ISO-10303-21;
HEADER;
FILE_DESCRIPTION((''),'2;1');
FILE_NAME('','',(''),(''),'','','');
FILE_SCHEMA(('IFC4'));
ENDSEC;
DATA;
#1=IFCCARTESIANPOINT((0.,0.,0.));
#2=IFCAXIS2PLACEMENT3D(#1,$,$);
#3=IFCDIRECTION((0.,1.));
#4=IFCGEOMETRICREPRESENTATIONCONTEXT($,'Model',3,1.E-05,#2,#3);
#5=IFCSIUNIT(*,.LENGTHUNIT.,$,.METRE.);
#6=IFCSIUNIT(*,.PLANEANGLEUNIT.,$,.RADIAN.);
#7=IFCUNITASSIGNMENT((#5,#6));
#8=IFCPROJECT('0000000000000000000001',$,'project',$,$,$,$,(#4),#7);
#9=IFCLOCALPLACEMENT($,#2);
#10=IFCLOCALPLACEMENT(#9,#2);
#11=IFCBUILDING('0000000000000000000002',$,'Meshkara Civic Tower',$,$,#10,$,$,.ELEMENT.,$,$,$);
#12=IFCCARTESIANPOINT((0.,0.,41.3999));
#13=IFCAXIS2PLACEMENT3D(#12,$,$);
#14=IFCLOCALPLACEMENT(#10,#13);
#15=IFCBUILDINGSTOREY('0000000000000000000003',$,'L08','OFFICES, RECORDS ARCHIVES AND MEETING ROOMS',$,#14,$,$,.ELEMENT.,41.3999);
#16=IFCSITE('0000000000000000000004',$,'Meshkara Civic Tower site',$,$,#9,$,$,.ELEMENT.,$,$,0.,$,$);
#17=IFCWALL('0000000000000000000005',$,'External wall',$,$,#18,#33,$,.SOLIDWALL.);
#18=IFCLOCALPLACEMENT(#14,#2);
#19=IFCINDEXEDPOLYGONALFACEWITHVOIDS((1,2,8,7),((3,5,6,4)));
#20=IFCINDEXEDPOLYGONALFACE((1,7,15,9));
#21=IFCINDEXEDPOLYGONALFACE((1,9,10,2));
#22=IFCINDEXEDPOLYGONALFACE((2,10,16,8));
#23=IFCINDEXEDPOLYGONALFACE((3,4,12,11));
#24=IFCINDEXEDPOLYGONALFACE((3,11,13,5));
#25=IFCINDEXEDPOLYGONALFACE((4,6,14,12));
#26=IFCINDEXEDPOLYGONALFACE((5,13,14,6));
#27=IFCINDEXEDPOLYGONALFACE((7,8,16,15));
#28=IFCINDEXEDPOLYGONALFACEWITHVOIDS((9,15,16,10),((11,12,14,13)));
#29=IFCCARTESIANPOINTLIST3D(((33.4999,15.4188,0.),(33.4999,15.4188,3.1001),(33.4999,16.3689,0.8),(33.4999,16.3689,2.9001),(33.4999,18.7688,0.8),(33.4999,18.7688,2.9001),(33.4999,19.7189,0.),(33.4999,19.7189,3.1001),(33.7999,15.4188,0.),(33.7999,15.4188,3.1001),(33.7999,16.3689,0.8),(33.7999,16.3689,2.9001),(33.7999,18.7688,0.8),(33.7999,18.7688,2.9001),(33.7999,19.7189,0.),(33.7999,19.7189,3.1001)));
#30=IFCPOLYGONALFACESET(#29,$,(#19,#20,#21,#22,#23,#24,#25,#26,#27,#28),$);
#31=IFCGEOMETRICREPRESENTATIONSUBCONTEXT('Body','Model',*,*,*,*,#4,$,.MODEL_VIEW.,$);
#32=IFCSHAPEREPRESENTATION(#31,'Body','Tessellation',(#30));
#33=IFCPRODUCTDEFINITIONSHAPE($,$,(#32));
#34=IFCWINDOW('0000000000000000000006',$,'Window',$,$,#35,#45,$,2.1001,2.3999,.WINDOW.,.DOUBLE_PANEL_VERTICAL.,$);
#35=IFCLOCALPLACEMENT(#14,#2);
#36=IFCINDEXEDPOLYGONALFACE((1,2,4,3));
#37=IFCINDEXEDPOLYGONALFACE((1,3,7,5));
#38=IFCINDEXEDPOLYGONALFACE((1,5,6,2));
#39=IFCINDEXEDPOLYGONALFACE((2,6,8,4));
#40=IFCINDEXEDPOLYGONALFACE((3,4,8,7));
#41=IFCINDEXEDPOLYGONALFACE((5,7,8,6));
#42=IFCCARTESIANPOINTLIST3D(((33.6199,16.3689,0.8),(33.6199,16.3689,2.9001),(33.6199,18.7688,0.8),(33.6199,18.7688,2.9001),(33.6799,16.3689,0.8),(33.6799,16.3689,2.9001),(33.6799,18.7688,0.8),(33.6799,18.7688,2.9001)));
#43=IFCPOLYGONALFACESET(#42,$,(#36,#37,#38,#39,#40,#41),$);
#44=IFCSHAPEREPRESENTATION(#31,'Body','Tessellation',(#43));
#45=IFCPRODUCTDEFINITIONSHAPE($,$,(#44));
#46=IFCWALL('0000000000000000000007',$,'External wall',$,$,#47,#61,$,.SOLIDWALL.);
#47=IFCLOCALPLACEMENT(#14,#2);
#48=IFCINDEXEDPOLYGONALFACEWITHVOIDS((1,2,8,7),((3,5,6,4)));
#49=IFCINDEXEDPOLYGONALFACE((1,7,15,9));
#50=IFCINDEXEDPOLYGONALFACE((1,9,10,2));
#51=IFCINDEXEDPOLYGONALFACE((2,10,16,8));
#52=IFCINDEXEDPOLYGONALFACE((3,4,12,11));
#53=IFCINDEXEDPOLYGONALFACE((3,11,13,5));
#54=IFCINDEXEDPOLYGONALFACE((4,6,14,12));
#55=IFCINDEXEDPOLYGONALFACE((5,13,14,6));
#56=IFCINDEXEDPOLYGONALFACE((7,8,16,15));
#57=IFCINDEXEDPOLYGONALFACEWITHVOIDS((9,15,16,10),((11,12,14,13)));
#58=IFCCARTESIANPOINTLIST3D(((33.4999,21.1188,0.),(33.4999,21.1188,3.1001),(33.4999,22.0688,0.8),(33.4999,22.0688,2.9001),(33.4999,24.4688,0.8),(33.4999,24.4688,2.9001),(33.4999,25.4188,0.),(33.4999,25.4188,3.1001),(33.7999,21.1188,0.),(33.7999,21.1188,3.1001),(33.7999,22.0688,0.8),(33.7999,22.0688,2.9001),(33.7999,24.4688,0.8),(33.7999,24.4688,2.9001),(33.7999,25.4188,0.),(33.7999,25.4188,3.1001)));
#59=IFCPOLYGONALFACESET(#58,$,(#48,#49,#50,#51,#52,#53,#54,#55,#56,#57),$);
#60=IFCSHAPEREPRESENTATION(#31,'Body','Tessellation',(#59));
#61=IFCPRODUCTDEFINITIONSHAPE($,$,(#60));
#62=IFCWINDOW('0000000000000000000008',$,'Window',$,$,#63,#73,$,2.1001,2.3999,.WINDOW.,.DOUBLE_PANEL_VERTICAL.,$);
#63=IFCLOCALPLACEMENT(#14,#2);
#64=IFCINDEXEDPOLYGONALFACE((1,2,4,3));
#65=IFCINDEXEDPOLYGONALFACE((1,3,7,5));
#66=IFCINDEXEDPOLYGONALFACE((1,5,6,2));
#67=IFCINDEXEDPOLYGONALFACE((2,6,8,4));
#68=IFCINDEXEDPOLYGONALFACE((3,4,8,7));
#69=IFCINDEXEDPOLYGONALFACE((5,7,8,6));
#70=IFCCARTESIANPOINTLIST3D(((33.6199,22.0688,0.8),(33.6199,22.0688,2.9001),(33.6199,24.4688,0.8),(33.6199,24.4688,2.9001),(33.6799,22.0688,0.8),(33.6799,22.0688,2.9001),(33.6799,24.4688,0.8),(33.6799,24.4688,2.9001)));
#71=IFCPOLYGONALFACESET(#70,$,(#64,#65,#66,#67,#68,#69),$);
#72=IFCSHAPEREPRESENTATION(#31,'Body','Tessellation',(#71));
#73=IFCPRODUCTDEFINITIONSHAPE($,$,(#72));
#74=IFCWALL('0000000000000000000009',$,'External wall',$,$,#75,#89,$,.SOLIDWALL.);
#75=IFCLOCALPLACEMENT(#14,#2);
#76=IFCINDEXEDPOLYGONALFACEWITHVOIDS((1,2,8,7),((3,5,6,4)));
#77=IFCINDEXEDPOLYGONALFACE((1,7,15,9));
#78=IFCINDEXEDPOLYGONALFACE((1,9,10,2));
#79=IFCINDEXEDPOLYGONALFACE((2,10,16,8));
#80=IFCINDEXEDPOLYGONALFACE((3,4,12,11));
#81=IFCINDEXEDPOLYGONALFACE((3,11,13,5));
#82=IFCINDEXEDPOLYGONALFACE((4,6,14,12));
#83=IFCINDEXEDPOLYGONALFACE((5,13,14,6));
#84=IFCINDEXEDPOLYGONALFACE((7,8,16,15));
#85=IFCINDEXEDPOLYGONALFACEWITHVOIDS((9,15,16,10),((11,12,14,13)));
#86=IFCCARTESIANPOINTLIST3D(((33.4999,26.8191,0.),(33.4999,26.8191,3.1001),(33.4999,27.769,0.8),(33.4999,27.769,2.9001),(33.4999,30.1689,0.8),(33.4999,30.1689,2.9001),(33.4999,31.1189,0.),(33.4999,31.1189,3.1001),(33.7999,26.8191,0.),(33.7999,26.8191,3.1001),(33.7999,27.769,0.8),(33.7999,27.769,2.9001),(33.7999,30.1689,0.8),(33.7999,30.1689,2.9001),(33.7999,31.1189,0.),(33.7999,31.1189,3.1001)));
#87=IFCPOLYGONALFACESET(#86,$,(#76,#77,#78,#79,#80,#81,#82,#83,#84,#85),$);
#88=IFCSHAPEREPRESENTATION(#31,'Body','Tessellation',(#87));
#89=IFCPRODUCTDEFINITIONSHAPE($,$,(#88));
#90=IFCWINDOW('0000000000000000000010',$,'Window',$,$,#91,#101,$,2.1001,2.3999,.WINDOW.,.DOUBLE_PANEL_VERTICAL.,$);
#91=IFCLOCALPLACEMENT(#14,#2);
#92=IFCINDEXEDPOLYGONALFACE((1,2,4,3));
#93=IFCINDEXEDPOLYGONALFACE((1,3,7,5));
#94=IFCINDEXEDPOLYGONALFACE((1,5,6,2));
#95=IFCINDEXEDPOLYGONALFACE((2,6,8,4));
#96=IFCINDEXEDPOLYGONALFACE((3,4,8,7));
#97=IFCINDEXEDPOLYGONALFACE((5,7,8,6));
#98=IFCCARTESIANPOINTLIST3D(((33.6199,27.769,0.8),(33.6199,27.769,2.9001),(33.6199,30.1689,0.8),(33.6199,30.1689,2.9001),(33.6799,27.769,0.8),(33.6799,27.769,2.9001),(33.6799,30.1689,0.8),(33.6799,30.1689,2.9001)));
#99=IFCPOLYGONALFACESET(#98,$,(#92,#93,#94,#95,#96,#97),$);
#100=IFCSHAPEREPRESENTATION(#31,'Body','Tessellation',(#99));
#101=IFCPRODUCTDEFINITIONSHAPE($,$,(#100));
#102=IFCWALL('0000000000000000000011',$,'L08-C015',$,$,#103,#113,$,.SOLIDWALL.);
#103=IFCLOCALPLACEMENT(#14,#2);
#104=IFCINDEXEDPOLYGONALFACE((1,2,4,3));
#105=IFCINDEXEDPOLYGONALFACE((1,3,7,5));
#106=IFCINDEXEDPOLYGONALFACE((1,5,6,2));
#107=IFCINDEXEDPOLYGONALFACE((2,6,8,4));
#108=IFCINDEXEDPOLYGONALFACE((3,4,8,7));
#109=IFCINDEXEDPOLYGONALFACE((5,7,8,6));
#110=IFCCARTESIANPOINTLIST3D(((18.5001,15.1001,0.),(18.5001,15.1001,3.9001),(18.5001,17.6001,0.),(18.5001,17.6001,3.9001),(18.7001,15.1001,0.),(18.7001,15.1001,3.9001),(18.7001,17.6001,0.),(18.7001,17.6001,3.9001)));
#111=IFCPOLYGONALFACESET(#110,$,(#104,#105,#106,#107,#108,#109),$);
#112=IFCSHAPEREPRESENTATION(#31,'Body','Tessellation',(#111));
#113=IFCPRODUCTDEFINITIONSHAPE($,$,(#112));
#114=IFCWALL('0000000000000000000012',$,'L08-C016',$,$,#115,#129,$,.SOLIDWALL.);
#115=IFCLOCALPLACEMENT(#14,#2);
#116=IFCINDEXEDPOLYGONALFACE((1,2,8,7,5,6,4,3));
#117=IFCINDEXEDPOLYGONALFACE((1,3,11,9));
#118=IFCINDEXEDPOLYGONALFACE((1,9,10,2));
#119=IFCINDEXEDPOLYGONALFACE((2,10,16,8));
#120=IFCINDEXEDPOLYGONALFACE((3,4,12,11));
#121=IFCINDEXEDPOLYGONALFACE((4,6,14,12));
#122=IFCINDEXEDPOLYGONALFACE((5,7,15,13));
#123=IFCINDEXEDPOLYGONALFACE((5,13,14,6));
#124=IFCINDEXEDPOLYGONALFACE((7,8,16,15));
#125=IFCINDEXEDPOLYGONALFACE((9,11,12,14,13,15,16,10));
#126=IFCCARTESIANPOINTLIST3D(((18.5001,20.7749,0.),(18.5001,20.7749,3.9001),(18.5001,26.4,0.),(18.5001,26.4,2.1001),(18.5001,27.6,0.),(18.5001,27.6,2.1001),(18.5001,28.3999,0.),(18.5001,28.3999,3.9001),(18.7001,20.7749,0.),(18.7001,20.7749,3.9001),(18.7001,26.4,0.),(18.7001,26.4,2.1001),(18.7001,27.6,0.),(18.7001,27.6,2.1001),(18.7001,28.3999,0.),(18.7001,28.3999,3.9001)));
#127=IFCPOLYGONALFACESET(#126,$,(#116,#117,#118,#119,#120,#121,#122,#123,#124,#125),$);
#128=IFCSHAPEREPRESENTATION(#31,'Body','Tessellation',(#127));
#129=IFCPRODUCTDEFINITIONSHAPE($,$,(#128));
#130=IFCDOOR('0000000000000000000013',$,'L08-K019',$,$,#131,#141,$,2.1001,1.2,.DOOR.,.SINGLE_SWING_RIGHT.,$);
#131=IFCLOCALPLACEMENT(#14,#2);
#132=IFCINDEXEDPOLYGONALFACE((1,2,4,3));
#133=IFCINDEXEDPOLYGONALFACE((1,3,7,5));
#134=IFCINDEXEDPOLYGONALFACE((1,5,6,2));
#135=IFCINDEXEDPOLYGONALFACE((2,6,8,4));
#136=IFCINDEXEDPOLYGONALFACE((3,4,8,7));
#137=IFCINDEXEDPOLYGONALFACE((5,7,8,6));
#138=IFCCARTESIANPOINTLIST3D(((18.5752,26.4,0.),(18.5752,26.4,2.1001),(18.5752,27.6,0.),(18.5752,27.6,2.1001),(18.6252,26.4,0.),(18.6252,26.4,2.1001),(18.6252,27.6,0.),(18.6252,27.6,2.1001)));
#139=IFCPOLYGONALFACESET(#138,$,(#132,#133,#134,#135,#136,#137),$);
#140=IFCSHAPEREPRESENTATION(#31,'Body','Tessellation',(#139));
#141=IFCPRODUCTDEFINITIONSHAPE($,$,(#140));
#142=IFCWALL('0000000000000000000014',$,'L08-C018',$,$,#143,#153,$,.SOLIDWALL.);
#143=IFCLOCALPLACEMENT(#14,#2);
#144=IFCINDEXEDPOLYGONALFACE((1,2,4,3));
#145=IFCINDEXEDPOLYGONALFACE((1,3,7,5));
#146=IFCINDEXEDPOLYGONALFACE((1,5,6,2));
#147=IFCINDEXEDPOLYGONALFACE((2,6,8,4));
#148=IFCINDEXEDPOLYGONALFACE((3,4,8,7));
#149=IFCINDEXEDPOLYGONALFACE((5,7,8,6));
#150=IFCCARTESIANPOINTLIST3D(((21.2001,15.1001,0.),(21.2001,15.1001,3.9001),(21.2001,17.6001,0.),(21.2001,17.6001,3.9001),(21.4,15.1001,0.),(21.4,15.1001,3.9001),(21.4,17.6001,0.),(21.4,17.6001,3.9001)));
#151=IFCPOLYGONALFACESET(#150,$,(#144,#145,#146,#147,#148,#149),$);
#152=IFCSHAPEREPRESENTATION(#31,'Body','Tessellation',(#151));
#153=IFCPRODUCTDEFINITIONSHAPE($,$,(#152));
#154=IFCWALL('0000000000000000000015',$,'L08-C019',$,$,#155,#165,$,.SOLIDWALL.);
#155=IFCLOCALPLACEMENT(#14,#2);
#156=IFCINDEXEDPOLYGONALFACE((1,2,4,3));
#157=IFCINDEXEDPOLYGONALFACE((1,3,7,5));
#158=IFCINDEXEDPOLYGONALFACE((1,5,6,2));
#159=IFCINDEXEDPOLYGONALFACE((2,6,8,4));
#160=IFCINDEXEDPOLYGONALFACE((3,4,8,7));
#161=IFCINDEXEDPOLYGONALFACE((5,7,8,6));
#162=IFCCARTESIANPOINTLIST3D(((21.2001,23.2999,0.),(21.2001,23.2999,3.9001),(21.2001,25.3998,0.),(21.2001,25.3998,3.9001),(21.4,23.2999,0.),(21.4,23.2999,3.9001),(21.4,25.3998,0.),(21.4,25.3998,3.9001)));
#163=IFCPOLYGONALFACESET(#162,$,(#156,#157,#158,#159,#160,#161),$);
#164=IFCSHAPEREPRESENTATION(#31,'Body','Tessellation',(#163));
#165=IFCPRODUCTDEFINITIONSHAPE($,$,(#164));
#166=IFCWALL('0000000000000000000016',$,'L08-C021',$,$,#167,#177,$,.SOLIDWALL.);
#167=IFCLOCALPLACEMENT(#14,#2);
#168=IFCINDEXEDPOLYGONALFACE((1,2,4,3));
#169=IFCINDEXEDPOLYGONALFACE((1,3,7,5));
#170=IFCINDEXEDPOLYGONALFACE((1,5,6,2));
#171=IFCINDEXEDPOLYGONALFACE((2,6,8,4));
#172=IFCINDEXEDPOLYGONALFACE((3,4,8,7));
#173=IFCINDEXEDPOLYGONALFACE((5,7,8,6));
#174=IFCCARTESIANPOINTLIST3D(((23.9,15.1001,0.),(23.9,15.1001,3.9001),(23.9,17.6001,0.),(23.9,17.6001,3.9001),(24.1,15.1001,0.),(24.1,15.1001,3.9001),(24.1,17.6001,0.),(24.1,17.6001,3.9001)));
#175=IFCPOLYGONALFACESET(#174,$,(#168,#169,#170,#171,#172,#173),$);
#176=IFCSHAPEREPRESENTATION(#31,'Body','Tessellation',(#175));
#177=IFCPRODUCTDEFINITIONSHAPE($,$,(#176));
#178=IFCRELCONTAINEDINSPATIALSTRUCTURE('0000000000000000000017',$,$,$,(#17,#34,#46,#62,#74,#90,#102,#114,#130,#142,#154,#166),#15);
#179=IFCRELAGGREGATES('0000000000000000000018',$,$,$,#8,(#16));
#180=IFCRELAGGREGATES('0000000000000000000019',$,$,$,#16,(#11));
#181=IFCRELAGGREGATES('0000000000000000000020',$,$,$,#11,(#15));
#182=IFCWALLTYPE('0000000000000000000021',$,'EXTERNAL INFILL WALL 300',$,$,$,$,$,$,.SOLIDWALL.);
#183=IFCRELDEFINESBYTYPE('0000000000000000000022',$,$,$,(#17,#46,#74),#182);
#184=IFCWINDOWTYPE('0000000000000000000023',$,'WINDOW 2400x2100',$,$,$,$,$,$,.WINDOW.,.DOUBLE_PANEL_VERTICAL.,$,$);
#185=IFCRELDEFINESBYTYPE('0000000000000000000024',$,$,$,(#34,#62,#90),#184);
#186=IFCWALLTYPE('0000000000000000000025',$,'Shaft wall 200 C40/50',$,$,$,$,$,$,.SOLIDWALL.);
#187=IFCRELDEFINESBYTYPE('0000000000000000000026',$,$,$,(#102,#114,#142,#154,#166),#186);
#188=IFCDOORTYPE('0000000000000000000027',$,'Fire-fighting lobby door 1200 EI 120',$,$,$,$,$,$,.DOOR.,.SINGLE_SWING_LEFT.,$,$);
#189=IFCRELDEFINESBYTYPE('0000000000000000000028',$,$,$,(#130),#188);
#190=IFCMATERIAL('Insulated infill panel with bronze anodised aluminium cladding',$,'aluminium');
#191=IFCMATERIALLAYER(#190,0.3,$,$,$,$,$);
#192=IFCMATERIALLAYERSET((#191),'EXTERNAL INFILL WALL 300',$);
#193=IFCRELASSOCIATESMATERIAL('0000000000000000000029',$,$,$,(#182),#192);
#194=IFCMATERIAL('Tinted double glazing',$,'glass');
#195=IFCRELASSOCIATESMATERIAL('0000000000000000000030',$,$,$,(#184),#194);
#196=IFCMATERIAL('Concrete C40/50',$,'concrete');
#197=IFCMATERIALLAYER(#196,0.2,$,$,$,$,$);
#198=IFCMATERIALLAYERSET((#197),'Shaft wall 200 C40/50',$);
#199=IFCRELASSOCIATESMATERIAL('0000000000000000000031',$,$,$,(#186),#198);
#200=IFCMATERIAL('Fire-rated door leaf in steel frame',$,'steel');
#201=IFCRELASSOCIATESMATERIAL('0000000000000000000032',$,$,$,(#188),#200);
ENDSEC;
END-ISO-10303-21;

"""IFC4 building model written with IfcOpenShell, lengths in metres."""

from ifc_helpers import new_model, si_unit, direction, frame, frame_2d, origin, place, context, subcontext, project, spatial, rectangle, extrude, material, layer, layer_set, type_object, element, fill, save


model = new_model("IFC4")

# Units and contexts
model_context = context("Model", 3, precision=1e-05, world=origin(), true_north=direction((0.0, 1.0)))
body_context = subcontext(model_context, "Body", "Model", "MODEL_VIEW")
ifc_project = project(units=[si_unit("LENGTHUNIT", "METRE"), si_unit("PLANEANGLEUNIT", "RADIAN")], contexts=[model_context])

# Site, building, storey
site_placement = place(None, origin())
site = spatial("IfcSite", under=ifc_project, at=site_placement, Name="Meshkara Civic Tower site", CompositionType="ELEMENT", RefElevation=0.0)
building_placement = place(site_placement, origin())
building = spatial("IfcBuilding", under=site, at=building_placement, Name="Meshkara Civic Tower", CompositionType="ELEMENT")
storey_placement = place(building_placement, frame((0.0, 0.0, 41.3999)))
storey = spatial("IfcBuildingStorey", under=building, at=storey_placement, Name="L08", Description="OFFICES, RECORDS ARCHIVES AND MEETING ROOMS", CompositionType="ELEMENT", Elevation=41.3999)

# Walls, openings, windows
ifc_material_1 = material(Name="Insulated infill panel with bronze anodised aluminium cladding", Category="aluminium")
ifc_layer_1 = layer(ifc_material_1, 0.3)
ifc_layer_set_1 = layer_set([ifc_layer_1], Name="EXTERNAL INFILL WALL 300")
wall_type_1 = type_object("IfcWallType", Name="EXTERNAL INFILL WALL 300", PredefinedType="SOLIDWALL", material=ifc_layer_set_1)
ifc_material_2 = material(Name="Tinted double glazing", Category="glass")
window_type = type_object("IfcWindowType", Name="WINDOW 2400x2100", PartitioningType="DOUBLE_PANEL_VERTICAL", PredefinedType="WINDOW", material=ifc_material_2)
wall_1_placement = place(storey_placement, frame((33.6499, 15.4189, 0.0), z_axis=(0.0, 0.0, 1.0), x_axis=(0.0, 1.0, 0.0)))
wall_1 = element("IfcWall", 1, at=wall_1_placement, inside=storey, type_object=wall_type_1, Name="External wall", PredefinedType="SOLIDWALL", context=body_context, shape_type="SweptSolid", body=[
    extrude(rectangle(XDim=4.3, YDim=0.3, at=frame_2d((2.1499, 0.0))), origin(), (0.0, 0.0, 1.0), 3.1001),
])
opening_1_placement = place(wall_1_placement, frame((0.95, 0.0, 0.8)))
opening_1 = element("IfcOpeningElement", 2, at=opening_1_placement, cuts=wall_1, PredefinedType="OPENING", context=body_context, shape_type="SweptSolid", body=[
    extrude(rectangle(XDim=2.3999, YDim=2.1001, at=frame_2d((1.2, 1.05))), frame((0.0, 0.1599, 0.0), z_axis=(0.0, -1.0, 0.0), x_axis=(1.0, 0.0, 0.0)), (0.0, 0.0, 1.0), 0.3201),
])
window_1_placement = place(opening_1_placement, origin())
window_1 = element("IfcWindow", 3, at=window_1_placement, inside=storey, type_object=window_type, Name="Window", OverallHeight=2.1001, OverallWidth=2.3999, PartitioningType="DOUBLE_PANEL_VERTICAL", PredefinedType="WINDOW", context=body_context, shape_type="SweptSolid", body=[
    extrude(rectangle(XDim=2.3999, YDim=2.1001, at=frame_2d((1.2, 1.05))), frame((0.0, 0.03, 0.0), z_axis=(0.0, -1.0, 0.0), x_axis=(1.0, 0.0, 0.0)), (0.0, 0.0, 1.0), 0.0601),
])
fill(opening_1, window_1)
wall_2_placement = place(storey_placement, frame((33.6499, 21.1189, 0.0), z_axis=(0.0, 0.0, 1.0), x_axis=(0.0, 1.0, 0.0)))
wall_2 = element("IfcWall", 4, at=wall_2_placement, inside=storey, type_object=wall_type_1, Name="External wall", PredefinedType="SOLIDWALL", context=body_context, shape_type="SweptSolid", body=[
    extrude(rectangle(XDim=4.3, YDim=0.3, at=frame_2d((2.1499, 0.0))), origin(), (0.0, 0.0, 1.0), 3.1001),
])
opening_2_placement = place(wall_2_placement, frame((0.95, 0.0, 0.8)))
opening_2 = element("IfcOpeningElement", 5, at=opening_2_placement, cuts=wall_2, PredefinedType="OPENING", context=body_context, shape_type="SweptSolid", body=[
    extrude(rectangle(XDim=2.3999, YDim=2.1001, at=frame_2d((1.2, 1.05))), frame((0.0, 0.1599, 0.0), z_axis=(0.0, -1.0, 0.0), x_axis=(1.0, 0.0, 0.0)), (0.0, 0.0, 1.0), 0.3201),
])
window_2_placement = place(opening_2_placement, origin())
window_2 = element("IfcWindow", 6, at=window_2_placement, inside=storey, type_object=window_type, Name="Window", OverallHeight=2.1001, OverallWidth=2.3999, PartitioningType="DOUBLE_PANEL_VERTICAL", PredefinedType="WINDOW", context=body_context, shape_type="SweptSolid", body=[
    extrude(rectangle(XDim=2.3999, YDim=2.1001, at=frame_2d((1.2, 1.05))), frame((0.0, 0.03, 0.0), z_axis=(0.0, -1.0, 0.0), x_axis=(1.0, 0.0, 0.0)), (0.0, 0.0, 1.0), 0.0601),
])
fill(opening_2, window_2)
wall_3_placement = place(storey_placement, frame((33.6499, 26.8191, 0.0), z_axis=(0.0, 0.0, 1.0), x_axis=(0.0, 1.0, 0.0)))
wall_3 = element("IfcWall", 7, at=wall_3_placement, inside=storey, type_object=wall_type_1, Name="External wall", PredefinedType="SOLIDWALL", context=body_context, shape_type="SweptSolid", body=[
    extrude(rectangle(XDim=4.2998, YDim=0.3, at=frame_2d((2.1499, 0.0))), origin(), (0.0, 0.0, 1.0), 3.1001),
])
opening_3_placement = place(wall_3_placement, frame((0.95, 0.0, 0.8)))
opening_3 = element("IfcOpeningElement", 8, at=opening_3_placement, cuts=wall_3, PredefinedType="OPENING", context=body_context, shape_type="SweptSolid", body=[
    extrude(rectangle(XDim=2.3999, YDim=2.1001, at=frame_2d((1.2, 1.05))), frame((0.0, 0.1599, 0.0), z_axis=(0.0, -1.0, 0.0), x_axis=(1.0, 0.0, 0.0)), (0.0, 0.0, 1.0), 0.3201),
])
window_3_placement = place(opening_3_placement, origin())
window_3 = element("IfcWindow", 9, at=window_3_placement, inside=storey, type_object=window_type, Name="Window", OverallHeight=2.1001, OverallWidth=2.3999, PartitioningType="DOUBLE_PANEL_VERTICAL", PredefinedType="WINDOW", context=body_context, shape_type="SweptSolid", body=[
    extrude(rectangle(XDim=2.3999, YDim=2.1001, at=frame_2d((1.2, 1.05))), frame((0.0, 0.03, 0.0), z_axis=(0.0, -1.0, 0.0), x_axis=(1.0, 0.0, 0.0)), (0.0, 0.0, 1.0), 0.0601),
])
fill(opening_3, window_3)

# Wall
ifc_material_3 = material(Name="Concrete C40/50", Category="concrete")
ifc_layer_2 = layer(ifc_material_3, 0.2)
ifc_layer_set_2 = layer_set([ifc_layer_2], Name="Shaft wall 200 C40/50")
wall_type_2 = type_object("IfcWallType", Name="Shaft wall 200 C40/50", PredefinedType="SOLIDWALL", material=ifc_layer_set_2)
wall_4_placement = place(storey_placement, frame((18.6001, 15.1001, 0.0), z_axis=(0.0, 0.0, 1.0), x_axis=(0.0, 1.0, 0.0)))
element("IfcWall", 10, at=wall_4_placement, inside=storey, type_object=wall_type_2, Name="L08-C015", PredefinedType="SOLIDWALL", context=body_context, shape_type="SweptSolid", body=[
    extrude(rectangle(XDim=2.5, YDim=0.2, at=frame_2d((1.25, 0.0))), origin(), (0.0, 0.0, 1.0), 3.9001),
])

# Wall, opening, door
wall_5_placement = place(storey_placement, frame((18.6001, 20.7749, 0.0), z_axis=(0.0, 0.0, 1.0), x_axis=(0.0, 1.0, 0.0)))
wall_5 = element("IfcWall", 11, at=wall_5_placement, inside=storey, type_object=wall_type_2, Name="L08-C016", PredefinedType="SOLIDWALL", context=body_context, shape_type="SweptSolid", body=[
    extrude(rectangle(XDim=7.625, YDim=0.2, at=frame_2d((3.8125, 0.0))), origin(), (0.0, 0.0, 1.0), 3.9001),
])
opening_4_placement = place(wall_5_placement, frame((5.625, 0.0, 0.0)))
opening_4 = element("IfcOpeningElement", 12, at=opening_4_placement, cuts=wall_5, PredefinedType="OPENING", context=body_context, shape_type="SweptSolid", body=[
    extrude(rectangle(XDim=1.2, YDim=2.1001, at=frame_2d((0.6001, 1.05))), frame((0.0, 0.1099, 0.0), z_axis=(0.0, -1.0, 0.0), x_axis=(1.0, 0.0, 0.0)), (0.0, 0.0, 1.0), 0.22),
])
ifc_material_4 = material(Name="Fire-rated door leaf in steel frame", Category="steel")
door_type_1 = type_object("IfcDoorType", Name="Fire-fighting lobby door 1200 EI 120", OperationType="SINGLE_SWING_LEFT", PredefinedType="DOOR", material=ifc_material_4)
door_1_placement = place(opening_4_placement, origin())
door_1 = element("IfcDoor", 13, at=door_1_placement, inside=storey, type_object=door_type_1, Name="L08-K019", OperationType="SINGLE_SWING_RIGHT", OverallHeight=2.1001, OverallWidth=1.2, PredefinedType="DOOR", context=body_context, shape_type="SweptSolid", body=[
    extrude(rectangle(XDim=1.2, YDim=2.1001, at=frame_2d((0.6001, 1.05))), frame((0.0, 0.0249, 0.0), z_axis=(0.0, -1.0, 0.0), x_axis=(1.0, 0.0, 0.0)), (0.0, 0.0, 1.0), 0.05),
])
fill(opening_4, door_1)

# Walls
wall_6_placement = place(storey_placement, frame((21.3, 15.1001, 0.0), z_axis=(0.0, 0.0, 1.0), x_axis=(0.0, 1.0, 0.0)))
element("IfcWall", 14, at=wall_6_placement, inside=storey, type_object=wall_type_2, Name="L08-C018", PredefinedType="SOLIDWALL", context=body_context, shape_type="SweptSolid", body=[
    extrude(rectangle(XDim=2.5, YDim=0.2, at=frame_2d((1.25, 0.0))), origin(), (0.0, 0.0, 1.0), 3.9001),
])
wall_7_placement = place(storey_placement, frame((21.3, 23.3, 0.0), z_axis=(0.0, 0.0, 1.0), x_axis=(0.0, 1.0, 0.0)))
element("IfcWall", 15, at=wall_7_placement, inside=storey, type_object=wall_type_2, Name="L08-C019", PredefinedType="SOLIDWALL", context=body_context, shape_type="SweptSolid", body=[
    extrude(rectangle(XDim=2.0999, YDim=0.2, at=frame_2d((1.0498, 0.0))), origin(), (0.0, 0.0, 1.0), 3.9001),
])
wall_8_placement = place(storey_placement, frame((24.0, 15.1001, 0.0), z_axis=(0.0, 0.0, 1.0), x_axis=(0.0, 1.0, 0.0)))
element("IfcWall", 16, at=wall_8_placement, inside=storey, type_object=wall_type_2, Name="L08-C021", PredefinedType="SOLIDWALL", context=body_context, shape_type="SweptSolid", body=[
    extrude(rectangle(XDim=2.5, YDim=0.2, at=frame_2d((1.25, 0.0))), origin(), (0.0, 0.0, 1.0), 3.9001),
])

save(model, "model.ifc")
